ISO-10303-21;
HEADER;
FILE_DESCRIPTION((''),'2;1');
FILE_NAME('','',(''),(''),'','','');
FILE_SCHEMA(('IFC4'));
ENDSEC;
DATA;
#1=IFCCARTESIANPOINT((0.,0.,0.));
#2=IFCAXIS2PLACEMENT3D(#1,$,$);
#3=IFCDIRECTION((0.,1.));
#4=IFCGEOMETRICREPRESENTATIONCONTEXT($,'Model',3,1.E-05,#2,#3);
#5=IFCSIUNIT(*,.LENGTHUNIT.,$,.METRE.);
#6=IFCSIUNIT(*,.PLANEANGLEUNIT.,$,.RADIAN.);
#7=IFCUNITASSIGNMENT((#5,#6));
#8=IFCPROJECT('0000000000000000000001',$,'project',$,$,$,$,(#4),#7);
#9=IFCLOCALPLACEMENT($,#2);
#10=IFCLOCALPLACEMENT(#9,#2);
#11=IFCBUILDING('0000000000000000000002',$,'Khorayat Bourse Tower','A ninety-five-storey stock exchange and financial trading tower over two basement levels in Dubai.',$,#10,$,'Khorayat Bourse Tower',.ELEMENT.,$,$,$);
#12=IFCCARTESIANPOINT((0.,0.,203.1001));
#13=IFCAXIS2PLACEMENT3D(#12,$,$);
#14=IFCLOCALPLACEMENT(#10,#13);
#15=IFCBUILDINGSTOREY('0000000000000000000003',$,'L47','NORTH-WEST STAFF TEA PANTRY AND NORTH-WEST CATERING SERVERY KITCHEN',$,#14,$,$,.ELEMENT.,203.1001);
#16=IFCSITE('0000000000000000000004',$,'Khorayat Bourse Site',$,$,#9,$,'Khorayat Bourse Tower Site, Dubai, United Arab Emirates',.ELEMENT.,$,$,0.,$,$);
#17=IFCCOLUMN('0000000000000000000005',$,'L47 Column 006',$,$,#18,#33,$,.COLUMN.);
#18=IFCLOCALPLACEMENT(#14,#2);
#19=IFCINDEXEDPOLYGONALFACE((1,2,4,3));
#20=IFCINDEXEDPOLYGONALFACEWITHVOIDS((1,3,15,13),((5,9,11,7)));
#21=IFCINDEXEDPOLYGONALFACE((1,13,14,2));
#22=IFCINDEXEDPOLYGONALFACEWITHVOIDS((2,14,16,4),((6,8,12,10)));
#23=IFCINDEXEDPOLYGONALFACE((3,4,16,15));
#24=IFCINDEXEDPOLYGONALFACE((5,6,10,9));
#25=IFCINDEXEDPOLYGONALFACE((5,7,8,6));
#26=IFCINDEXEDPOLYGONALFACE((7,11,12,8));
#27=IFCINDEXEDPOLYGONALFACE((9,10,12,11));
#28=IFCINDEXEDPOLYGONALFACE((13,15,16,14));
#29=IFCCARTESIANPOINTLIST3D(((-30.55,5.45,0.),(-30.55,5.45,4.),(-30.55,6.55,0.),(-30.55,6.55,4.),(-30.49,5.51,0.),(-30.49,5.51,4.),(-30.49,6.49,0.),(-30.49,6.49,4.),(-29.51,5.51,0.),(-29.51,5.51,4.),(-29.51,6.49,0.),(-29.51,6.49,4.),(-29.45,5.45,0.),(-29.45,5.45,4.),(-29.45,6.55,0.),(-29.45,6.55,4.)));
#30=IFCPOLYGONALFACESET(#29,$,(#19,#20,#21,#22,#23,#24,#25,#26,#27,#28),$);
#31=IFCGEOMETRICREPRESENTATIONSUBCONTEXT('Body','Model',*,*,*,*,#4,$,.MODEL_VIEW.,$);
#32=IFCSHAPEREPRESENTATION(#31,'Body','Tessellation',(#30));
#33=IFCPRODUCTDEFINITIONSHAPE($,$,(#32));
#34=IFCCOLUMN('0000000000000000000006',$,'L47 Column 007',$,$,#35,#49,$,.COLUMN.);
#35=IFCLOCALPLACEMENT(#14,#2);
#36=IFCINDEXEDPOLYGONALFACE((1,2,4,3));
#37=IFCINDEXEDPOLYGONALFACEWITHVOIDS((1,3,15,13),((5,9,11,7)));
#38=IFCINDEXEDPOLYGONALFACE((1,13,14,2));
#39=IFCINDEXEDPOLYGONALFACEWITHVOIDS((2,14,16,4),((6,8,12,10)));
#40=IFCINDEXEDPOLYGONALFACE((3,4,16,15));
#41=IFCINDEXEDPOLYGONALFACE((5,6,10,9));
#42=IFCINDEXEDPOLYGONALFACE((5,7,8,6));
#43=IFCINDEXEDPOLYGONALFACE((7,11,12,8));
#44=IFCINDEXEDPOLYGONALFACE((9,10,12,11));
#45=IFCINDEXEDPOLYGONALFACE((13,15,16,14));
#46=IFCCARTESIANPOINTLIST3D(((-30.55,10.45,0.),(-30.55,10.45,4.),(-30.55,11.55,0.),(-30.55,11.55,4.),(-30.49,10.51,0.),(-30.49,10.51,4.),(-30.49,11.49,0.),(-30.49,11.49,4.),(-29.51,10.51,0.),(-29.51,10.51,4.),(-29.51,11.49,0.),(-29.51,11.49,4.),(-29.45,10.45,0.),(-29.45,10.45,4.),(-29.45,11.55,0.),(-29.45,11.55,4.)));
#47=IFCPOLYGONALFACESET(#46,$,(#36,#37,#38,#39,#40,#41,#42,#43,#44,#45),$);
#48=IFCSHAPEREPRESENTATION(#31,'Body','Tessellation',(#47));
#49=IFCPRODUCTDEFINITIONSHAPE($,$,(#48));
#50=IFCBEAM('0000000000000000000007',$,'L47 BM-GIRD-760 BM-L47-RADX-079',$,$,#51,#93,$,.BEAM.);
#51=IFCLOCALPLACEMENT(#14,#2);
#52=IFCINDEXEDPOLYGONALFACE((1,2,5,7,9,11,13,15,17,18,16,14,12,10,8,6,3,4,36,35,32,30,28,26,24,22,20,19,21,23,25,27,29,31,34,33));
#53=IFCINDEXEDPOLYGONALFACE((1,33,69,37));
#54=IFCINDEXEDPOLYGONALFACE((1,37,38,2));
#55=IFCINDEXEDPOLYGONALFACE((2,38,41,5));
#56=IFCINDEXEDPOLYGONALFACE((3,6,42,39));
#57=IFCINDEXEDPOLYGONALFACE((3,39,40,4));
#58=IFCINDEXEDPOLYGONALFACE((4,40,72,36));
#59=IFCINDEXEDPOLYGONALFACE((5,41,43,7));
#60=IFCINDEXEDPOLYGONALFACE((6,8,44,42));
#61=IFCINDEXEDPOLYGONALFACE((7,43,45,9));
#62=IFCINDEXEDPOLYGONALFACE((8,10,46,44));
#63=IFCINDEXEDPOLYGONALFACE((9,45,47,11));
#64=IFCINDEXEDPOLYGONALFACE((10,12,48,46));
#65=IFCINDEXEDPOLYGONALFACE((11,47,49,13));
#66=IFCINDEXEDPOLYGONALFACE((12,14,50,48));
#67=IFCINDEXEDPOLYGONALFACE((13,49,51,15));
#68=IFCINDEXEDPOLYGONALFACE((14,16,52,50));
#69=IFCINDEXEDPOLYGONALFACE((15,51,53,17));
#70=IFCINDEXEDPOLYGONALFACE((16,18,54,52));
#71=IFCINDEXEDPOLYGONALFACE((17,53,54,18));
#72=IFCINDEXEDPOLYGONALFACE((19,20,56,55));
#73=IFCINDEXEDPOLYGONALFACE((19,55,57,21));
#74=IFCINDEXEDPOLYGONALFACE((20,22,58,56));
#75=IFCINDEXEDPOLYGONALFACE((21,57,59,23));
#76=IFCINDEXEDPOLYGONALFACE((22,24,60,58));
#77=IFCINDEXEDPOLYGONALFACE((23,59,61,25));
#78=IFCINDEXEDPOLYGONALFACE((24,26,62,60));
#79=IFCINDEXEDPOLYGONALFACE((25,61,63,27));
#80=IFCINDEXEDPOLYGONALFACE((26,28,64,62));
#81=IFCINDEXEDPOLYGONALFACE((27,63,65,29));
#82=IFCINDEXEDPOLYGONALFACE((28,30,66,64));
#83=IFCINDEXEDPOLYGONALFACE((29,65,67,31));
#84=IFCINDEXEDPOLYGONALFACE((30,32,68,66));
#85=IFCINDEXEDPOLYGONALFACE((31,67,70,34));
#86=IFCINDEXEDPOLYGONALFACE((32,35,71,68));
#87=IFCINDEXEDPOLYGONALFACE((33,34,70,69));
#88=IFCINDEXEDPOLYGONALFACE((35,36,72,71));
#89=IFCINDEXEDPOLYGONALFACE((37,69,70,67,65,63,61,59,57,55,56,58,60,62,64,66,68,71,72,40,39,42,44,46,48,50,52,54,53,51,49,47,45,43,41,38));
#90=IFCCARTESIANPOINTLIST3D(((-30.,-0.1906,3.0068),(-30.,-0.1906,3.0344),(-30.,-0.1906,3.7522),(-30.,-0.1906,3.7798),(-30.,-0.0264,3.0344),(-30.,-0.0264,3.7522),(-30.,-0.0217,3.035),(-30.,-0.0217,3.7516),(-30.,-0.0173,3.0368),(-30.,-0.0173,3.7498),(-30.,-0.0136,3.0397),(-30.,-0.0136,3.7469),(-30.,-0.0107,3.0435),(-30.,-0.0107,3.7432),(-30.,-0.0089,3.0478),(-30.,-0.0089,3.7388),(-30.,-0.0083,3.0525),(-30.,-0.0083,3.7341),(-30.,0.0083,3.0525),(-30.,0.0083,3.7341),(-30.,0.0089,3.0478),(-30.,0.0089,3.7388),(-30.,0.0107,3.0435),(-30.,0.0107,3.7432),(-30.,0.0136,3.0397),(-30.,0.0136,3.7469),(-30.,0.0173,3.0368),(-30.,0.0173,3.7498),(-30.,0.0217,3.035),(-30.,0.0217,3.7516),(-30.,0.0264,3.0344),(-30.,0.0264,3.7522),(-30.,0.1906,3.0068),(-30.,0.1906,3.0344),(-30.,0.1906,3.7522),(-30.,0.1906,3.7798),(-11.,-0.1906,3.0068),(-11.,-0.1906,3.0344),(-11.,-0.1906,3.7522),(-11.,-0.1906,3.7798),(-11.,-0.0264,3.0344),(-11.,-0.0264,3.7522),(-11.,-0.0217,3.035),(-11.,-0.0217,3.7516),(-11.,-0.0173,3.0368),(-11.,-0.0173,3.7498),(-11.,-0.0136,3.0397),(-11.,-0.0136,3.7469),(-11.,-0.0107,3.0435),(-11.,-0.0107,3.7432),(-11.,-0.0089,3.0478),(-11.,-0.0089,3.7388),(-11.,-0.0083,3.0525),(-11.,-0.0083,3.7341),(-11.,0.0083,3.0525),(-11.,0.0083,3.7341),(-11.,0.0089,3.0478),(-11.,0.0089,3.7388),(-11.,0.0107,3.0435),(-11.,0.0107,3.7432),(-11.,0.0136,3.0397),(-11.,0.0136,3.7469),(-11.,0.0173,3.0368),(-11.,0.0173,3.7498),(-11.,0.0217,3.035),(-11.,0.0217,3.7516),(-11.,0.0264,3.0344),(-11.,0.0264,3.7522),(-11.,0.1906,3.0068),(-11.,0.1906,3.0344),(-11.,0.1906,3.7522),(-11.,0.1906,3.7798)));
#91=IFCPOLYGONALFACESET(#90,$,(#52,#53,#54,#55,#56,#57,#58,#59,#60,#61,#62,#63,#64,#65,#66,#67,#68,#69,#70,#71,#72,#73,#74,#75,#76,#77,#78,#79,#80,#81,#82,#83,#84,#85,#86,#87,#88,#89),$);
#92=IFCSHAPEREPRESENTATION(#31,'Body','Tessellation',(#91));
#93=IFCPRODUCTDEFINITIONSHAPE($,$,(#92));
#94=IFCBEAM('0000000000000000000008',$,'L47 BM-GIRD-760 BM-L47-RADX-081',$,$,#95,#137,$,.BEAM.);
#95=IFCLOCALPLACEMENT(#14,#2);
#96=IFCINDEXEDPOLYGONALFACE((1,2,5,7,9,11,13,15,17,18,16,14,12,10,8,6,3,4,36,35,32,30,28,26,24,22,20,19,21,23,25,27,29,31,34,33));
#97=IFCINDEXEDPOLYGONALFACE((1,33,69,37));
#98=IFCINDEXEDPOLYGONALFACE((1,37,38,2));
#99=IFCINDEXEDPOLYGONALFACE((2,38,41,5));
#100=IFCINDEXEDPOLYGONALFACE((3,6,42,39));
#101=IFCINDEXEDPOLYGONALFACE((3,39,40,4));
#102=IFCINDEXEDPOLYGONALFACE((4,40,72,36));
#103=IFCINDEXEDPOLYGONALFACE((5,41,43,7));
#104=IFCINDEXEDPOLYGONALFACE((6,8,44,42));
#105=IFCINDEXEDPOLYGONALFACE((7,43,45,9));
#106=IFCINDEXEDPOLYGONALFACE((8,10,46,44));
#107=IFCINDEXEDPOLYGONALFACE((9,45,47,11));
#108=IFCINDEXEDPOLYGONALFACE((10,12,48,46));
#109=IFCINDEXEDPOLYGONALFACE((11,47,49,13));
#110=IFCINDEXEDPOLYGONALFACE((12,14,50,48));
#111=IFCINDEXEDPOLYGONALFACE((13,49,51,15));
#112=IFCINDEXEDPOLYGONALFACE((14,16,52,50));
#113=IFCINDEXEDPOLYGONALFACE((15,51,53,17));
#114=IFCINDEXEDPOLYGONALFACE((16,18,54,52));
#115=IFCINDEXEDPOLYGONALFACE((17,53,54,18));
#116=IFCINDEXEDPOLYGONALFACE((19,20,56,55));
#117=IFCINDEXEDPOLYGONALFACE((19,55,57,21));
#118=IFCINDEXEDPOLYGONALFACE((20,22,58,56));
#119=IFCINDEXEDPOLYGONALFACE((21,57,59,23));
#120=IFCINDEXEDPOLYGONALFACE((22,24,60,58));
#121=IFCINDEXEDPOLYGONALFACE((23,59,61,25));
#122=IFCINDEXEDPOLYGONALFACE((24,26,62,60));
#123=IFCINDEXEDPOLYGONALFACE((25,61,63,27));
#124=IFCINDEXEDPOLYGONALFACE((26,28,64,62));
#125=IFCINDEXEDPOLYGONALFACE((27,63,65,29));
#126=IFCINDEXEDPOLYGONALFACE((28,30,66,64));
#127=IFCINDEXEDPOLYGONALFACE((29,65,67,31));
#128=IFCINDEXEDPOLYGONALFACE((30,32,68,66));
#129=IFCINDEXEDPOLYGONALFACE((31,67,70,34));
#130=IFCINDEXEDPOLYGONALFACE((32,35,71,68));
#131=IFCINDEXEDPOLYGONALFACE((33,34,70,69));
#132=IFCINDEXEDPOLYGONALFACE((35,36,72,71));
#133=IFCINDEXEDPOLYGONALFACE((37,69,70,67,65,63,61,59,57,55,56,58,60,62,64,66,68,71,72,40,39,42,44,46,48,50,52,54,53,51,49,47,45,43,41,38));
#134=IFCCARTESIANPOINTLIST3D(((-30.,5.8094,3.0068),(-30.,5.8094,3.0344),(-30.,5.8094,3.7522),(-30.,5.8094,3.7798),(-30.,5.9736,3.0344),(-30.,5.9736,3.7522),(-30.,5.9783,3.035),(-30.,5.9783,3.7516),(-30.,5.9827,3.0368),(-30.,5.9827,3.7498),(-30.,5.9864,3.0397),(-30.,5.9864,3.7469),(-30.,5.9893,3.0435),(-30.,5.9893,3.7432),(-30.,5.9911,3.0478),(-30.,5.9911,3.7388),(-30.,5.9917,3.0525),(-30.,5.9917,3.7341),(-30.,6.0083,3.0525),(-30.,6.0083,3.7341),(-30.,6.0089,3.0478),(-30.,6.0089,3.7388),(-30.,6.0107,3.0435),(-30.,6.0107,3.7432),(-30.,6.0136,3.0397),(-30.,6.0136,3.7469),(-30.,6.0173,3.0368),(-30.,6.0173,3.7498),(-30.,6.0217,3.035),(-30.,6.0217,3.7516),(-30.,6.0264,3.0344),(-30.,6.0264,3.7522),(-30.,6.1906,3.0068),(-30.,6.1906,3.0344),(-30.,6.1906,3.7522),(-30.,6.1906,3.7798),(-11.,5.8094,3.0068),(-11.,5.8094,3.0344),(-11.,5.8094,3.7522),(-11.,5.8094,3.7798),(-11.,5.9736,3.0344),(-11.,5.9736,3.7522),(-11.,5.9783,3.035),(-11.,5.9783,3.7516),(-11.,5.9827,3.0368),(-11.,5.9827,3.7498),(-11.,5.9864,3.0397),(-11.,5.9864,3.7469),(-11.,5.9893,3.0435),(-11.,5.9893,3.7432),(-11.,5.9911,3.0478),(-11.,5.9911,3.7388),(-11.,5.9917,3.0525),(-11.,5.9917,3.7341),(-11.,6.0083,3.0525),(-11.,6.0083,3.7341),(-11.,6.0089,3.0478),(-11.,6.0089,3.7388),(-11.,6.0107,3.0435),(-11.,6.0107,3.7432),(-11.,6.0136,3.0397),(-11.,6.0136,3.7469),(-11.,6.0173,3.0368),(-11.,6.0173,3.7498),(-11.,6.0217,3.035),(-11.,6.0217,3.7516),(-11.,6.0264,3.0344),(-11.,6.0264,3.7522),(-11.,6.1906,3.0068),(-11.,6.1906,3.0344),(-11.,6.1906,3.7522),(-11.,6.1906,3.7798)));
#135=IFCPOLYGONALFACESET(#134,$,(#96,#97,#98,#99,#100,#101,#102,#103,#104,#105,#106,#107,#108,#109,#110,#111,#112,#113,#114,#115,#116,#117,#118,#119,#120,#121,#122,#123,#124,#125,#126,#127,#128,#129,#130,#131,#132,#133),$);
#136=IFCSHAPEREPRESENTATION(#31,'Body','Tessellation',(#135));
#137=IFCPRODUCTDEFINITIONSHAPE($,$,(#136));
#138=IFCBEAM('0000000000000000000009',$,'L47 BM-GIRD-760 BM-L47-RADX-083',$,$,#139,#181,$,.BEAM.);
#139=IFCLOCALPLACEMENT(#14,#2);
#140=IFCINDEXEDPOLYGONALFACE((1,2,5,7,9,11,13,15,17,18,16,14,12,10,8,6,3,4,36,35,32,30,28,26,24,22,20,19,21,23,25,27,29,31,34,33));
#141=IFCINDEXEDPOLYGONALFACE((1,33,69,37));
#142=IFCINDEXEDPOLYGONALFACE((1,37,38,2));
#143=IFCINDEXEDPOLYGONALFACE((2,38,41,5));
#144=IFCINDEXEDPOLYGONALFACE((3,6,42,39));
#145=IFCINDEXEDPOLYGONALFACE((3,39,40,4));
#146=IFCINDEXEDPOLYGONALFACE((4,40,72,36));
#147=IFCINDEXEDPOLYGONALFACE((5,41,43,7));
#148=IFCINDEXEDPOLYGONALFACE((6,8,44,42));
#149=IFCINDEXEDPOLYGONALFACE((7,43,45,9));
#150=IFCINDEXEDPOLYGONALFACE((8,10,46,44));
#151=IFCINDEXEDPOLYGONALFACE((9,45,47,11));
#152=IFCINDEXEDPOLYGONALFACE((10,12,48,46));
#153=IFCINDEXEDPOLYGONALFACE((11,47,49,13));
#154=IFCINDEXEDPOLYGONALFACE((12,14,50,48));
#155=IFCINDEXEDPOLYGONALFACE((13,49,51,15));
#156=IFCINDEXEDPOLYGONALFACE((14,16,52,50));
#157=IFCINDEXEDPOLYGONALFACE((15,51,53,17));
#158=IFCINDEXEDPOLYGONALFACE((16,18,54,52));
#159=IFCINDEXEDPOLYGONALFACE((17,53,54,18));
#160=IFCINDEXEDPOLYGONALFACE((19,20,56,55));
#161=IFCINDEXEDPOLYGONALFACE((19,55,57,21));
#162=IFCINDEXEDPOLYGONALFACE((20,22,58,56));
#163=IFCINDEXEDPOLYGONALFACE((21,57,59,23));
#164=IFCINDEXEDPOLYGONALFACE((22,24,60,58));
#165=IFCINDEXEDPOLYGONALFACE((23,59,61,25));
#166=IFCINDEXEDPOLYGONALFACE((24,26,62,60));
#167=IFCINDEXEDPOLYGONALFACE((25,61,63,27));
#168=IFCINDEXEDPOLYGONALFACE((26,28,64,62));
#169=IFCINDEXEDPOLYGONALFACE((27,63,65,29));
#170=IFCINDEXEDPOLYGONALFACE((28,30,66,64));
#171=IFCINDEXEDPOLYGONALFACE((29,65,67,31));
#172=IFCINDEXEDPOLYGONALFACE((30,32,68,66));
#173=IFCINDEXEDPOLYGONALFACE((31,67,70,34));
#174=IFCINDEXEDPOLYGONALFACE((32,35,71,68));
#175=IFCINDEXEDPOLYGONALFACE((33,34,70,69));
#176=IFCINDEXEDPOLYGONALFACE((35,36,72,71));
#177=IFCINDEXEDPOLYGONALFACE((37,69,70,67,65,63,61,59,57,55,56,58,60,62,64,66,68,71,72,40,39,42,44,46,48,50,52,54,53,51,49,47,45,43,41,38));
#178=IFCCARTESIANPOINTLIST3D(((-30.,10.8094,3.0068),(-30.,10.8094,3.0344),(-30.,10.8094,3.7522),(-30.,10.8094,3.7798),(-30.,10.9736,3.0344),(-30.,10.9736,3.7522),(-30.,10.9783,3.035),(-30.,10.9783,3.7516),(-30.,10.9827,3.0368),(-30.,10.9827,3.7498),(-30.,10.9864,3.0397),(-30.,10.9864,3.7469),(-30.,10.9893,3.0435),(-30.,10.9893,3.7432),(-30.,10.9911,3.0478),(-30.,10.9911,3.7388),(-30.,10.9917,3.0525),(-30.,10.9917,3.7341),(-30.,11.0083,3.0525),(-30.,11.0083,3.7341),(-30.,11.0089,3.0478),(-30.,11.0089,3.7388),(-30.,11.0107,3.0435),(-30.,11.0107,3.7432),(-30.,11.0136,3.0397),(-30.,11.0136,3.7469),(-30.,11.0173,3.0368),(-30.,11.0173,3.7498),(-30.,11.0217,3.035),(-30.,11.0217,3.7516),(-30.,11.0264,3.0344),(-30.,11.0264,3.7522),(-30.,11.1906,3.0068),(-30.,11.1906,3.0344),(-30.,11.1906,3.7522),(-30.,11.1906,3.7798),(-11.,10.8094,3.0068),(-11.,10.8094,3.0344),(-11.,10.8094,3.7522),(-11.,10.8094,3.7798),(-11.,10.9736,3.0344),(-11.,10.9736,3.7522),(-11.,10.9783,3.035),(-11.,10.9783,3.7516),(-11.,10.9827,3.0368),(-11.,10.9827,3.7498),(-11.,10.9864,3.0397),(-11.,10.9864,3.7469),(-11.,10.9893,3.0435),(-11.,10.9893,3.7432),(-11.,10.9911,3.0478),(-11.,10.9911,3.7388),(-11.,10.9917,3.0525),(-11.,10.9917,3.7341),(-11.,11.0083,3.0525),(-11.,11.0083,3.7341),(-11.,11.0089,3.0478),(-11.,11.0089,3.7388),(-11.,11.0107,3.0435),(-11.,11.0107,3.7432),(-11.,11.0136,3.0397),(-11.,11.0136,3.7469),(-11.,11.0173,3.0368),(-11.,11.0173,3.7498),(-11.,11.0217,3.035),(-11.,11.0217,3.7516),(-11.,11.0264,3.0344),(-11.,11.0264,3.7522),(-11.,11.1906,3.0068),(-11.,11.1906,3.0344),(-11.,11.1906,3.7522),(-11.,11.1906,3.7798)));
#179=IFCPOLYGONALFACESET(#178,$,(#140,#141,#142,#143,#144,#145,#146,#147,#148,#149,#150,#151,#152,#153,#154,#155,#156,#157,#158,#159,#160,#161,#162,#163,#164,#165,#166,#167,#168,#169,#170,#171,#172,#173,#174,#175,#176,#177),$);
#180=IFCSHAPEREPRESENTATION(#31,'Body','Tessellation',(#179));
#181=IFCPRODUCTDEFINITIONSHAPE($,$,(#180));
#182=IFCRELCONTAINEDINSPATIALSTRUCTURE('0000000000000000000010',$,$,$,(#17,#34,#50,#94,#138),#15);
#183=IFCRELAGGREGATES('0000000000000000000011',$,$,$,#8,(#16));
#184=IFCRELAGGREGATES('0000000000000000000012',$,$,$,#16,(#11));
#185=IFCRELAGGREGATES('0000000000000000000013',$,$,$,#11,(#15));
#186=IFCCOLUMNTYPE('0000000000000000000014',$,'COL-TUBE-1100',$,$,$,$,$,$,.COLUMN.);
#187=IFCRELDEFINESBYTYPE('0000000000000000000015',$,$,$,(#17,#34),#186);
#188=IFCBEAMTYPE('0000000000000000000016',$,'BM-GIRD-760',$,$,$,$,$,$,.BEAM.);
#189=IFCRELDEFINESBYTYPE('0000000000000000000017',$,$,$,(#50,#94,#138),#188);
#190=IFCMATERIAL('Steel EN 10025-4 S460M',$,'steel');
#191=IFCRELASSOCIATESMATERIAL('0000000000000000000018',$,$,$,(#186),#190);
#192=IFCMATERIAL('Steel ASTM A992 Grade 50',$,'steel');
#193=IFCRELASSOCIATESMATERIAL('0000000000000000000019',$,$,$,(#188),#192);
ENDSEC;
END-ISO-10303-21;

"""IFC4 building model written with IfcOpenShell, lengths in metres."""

from ifc_helpers import new_model, si_unit, direction, frame, origin, origin_2d, place, context, subcontext, project, spatial, hollow_rectangle, i_section, extrude, source, transform, mapped, material, material_profile, profile_set, type_object, element, save


model = new_model("IFC4")

# Units and contexts
model_context = context("Model", 3, precision=1e-05, world=origin(), true_north=direction((0.0, 1.0)))
body_context = subcontext(model_context, "Body", "Model", "MODEL_VIEW")
ifc_project = project(units=[si_unit("LENGTHUNIT", "METRE"), si_unit("PLANEANGLEUNIT", "RADIAN")], contexts=[model_context])

# Site, building, storey
site_placement = place(None, origin())
site = spatial("IfcSite", under=ifc_project, at=site_placement, Name="Khorayat Bourse Site", LongName="Khorayat Bourse Tower Site, Dubai, United Arab Emirates", CompositionType="ELEMENT", RefElevation=0.0)
building_placement = place(site_placement, origin())
building = spatial("IfcBuilding", under=site, at=building_placement, Name="Khorayat Bourse Tower", Description="A ninety-five-storey stock exchange and financial trading tower over two basement levels in Dubai.", LongName="Khorayat Bourse Tower", CompositionType="ELEMENT")
storey_placement = place(building_placement, frame((0.0, 0.0, 203.1001)))
storey = spatial("IfcBuildingStorey", under=building, at=storey_placement, Name="L47", Description="NORTH-WEST STAFF TEA PANTRY AND NORTH-WEST CATERING SERVERY KITCHEN", CompositionType="ELEMENT", Elevation=203.1001)

# Columns
ifc_material_1 = material(Name="Steel EN 10025-4 S460M", Category="steel")
ifc_material_profile_1 = material_profile(ifc_material_1, hollow_rectangle(XDim=1.1001, YDim=1.1001, WallThickness=0.0601, at=origin_2d()), Name="BOX 1100x1100x60")
ifc_profile_set_1 = profile_set([ifc_material_profile_1], Name="Steel EN 10025-4 S460M")
column_type = type_object("IfcColumnType", Name="COL-TUBE-1100", PredefinedType="COLUMN", material=ifc_profile_set_1)
shared_shape_1 = source(origin(), body_context, "Body", "SweptSolid", [
    extrude(hollow_rectangle(XDim=1.1001, YDim=1.1001, WallThickness=0.0601, at=origin_2d()), origin(), (0.0, 0.0, 1.0), 4.0),
])
for number, where, z_axis, x_axis, name in (
    (1, (-30.0, 6.0, 0.0), (0.0, 0.0, 1.0), (1.0, 0.0, 0.0), "L47 Column 006"),
    (2, (-30.0, 11.0, 0.0), (0.0, 0.0, 1.0), (1.0, 0.0, 0.0), "L47 Column 007"),
):
    element("IfcColumn", number, at=place(storey_placement, frame(where, z_axis=z_axis, x_axis=x_axis)), inside=storey, type_object=column_type, Name=name, PredefinedType="COLUMN", context=body_context, shape_type="MappedRepresentation", body=[
        mapped(shared_shape_1, transform((0.0, 0.0, 0.0), scale=1.0)),
    ])

# Beams
ifc_material_2 = material(Name="Steel ASTM A992 Grade 50", Category="steel")
ifc_material_profile_2 = material_profile(ifc_material_2, i_section(OverallWidth=0.3811, OverallDepth=0.7729, WebThickness=0.0166, FlangeThickness=0.0276, FilletRadius=0.0181, at=origin_2d()), Name="W760X257")
ifc_profile_set_2 = profile_set([ifc_material_profile_2], Name="Steel ASTM A992 Grade 50")
beam_type_1 = type_object("IfcBeamType", Name="BM-GIRD-760", PredefinedType="BEAM", material=ifc_profile_set_2)
shared_shape_2 = source(origin(), body_context, "Body", "SweptSolid", [
    extrude(i_section(OverallWidth=0.3811, OverallDepth=0.7729, WebThickness=0.0166, FlangeThickness=0.0276, FilletRadius=0.0181, at=origin_2d()), origin(), (0.0, 0.0, 1.0), 19.0),
])
for number, where, z_axis, x_axis, name in (
    (3, (-30.0, 0.0, 3.3933), (1.0, 0.0, 0.0), (0.0, 1.0, 0.0), "L47 BM-GIRD-760 BM-L47-RADX-079"),
    (4, (-30.0, 6.0, 3.3933), (1.0, 0.0, 0.0), (0.0, 1.0, 0.0), "L47 BM-GIRD-760 BM-L47-RADX-081"),
    (5, (-30.0, 11.0, 3.3933), (1.0, 0.0, 0.0), (0.0, 1.0, 0.0), "L47 BM-GIRD-760 BM-L47-RADX-083"),
):
    element("IfcBeam", number, at=place(storey_placement, frame(where, z_axis=z_axis, x_axis=x_axis)), inside=storey, type_object=beam_type_1, Name=name, PredefinedType="BEAM", context=body_context, shape_type="MappedRepresentation", body=[
        mapped(shared_shape_2, transform((0.0, 0.0, 0.0), scale=1.0)),
    ])

save(model, "model.ifc")
